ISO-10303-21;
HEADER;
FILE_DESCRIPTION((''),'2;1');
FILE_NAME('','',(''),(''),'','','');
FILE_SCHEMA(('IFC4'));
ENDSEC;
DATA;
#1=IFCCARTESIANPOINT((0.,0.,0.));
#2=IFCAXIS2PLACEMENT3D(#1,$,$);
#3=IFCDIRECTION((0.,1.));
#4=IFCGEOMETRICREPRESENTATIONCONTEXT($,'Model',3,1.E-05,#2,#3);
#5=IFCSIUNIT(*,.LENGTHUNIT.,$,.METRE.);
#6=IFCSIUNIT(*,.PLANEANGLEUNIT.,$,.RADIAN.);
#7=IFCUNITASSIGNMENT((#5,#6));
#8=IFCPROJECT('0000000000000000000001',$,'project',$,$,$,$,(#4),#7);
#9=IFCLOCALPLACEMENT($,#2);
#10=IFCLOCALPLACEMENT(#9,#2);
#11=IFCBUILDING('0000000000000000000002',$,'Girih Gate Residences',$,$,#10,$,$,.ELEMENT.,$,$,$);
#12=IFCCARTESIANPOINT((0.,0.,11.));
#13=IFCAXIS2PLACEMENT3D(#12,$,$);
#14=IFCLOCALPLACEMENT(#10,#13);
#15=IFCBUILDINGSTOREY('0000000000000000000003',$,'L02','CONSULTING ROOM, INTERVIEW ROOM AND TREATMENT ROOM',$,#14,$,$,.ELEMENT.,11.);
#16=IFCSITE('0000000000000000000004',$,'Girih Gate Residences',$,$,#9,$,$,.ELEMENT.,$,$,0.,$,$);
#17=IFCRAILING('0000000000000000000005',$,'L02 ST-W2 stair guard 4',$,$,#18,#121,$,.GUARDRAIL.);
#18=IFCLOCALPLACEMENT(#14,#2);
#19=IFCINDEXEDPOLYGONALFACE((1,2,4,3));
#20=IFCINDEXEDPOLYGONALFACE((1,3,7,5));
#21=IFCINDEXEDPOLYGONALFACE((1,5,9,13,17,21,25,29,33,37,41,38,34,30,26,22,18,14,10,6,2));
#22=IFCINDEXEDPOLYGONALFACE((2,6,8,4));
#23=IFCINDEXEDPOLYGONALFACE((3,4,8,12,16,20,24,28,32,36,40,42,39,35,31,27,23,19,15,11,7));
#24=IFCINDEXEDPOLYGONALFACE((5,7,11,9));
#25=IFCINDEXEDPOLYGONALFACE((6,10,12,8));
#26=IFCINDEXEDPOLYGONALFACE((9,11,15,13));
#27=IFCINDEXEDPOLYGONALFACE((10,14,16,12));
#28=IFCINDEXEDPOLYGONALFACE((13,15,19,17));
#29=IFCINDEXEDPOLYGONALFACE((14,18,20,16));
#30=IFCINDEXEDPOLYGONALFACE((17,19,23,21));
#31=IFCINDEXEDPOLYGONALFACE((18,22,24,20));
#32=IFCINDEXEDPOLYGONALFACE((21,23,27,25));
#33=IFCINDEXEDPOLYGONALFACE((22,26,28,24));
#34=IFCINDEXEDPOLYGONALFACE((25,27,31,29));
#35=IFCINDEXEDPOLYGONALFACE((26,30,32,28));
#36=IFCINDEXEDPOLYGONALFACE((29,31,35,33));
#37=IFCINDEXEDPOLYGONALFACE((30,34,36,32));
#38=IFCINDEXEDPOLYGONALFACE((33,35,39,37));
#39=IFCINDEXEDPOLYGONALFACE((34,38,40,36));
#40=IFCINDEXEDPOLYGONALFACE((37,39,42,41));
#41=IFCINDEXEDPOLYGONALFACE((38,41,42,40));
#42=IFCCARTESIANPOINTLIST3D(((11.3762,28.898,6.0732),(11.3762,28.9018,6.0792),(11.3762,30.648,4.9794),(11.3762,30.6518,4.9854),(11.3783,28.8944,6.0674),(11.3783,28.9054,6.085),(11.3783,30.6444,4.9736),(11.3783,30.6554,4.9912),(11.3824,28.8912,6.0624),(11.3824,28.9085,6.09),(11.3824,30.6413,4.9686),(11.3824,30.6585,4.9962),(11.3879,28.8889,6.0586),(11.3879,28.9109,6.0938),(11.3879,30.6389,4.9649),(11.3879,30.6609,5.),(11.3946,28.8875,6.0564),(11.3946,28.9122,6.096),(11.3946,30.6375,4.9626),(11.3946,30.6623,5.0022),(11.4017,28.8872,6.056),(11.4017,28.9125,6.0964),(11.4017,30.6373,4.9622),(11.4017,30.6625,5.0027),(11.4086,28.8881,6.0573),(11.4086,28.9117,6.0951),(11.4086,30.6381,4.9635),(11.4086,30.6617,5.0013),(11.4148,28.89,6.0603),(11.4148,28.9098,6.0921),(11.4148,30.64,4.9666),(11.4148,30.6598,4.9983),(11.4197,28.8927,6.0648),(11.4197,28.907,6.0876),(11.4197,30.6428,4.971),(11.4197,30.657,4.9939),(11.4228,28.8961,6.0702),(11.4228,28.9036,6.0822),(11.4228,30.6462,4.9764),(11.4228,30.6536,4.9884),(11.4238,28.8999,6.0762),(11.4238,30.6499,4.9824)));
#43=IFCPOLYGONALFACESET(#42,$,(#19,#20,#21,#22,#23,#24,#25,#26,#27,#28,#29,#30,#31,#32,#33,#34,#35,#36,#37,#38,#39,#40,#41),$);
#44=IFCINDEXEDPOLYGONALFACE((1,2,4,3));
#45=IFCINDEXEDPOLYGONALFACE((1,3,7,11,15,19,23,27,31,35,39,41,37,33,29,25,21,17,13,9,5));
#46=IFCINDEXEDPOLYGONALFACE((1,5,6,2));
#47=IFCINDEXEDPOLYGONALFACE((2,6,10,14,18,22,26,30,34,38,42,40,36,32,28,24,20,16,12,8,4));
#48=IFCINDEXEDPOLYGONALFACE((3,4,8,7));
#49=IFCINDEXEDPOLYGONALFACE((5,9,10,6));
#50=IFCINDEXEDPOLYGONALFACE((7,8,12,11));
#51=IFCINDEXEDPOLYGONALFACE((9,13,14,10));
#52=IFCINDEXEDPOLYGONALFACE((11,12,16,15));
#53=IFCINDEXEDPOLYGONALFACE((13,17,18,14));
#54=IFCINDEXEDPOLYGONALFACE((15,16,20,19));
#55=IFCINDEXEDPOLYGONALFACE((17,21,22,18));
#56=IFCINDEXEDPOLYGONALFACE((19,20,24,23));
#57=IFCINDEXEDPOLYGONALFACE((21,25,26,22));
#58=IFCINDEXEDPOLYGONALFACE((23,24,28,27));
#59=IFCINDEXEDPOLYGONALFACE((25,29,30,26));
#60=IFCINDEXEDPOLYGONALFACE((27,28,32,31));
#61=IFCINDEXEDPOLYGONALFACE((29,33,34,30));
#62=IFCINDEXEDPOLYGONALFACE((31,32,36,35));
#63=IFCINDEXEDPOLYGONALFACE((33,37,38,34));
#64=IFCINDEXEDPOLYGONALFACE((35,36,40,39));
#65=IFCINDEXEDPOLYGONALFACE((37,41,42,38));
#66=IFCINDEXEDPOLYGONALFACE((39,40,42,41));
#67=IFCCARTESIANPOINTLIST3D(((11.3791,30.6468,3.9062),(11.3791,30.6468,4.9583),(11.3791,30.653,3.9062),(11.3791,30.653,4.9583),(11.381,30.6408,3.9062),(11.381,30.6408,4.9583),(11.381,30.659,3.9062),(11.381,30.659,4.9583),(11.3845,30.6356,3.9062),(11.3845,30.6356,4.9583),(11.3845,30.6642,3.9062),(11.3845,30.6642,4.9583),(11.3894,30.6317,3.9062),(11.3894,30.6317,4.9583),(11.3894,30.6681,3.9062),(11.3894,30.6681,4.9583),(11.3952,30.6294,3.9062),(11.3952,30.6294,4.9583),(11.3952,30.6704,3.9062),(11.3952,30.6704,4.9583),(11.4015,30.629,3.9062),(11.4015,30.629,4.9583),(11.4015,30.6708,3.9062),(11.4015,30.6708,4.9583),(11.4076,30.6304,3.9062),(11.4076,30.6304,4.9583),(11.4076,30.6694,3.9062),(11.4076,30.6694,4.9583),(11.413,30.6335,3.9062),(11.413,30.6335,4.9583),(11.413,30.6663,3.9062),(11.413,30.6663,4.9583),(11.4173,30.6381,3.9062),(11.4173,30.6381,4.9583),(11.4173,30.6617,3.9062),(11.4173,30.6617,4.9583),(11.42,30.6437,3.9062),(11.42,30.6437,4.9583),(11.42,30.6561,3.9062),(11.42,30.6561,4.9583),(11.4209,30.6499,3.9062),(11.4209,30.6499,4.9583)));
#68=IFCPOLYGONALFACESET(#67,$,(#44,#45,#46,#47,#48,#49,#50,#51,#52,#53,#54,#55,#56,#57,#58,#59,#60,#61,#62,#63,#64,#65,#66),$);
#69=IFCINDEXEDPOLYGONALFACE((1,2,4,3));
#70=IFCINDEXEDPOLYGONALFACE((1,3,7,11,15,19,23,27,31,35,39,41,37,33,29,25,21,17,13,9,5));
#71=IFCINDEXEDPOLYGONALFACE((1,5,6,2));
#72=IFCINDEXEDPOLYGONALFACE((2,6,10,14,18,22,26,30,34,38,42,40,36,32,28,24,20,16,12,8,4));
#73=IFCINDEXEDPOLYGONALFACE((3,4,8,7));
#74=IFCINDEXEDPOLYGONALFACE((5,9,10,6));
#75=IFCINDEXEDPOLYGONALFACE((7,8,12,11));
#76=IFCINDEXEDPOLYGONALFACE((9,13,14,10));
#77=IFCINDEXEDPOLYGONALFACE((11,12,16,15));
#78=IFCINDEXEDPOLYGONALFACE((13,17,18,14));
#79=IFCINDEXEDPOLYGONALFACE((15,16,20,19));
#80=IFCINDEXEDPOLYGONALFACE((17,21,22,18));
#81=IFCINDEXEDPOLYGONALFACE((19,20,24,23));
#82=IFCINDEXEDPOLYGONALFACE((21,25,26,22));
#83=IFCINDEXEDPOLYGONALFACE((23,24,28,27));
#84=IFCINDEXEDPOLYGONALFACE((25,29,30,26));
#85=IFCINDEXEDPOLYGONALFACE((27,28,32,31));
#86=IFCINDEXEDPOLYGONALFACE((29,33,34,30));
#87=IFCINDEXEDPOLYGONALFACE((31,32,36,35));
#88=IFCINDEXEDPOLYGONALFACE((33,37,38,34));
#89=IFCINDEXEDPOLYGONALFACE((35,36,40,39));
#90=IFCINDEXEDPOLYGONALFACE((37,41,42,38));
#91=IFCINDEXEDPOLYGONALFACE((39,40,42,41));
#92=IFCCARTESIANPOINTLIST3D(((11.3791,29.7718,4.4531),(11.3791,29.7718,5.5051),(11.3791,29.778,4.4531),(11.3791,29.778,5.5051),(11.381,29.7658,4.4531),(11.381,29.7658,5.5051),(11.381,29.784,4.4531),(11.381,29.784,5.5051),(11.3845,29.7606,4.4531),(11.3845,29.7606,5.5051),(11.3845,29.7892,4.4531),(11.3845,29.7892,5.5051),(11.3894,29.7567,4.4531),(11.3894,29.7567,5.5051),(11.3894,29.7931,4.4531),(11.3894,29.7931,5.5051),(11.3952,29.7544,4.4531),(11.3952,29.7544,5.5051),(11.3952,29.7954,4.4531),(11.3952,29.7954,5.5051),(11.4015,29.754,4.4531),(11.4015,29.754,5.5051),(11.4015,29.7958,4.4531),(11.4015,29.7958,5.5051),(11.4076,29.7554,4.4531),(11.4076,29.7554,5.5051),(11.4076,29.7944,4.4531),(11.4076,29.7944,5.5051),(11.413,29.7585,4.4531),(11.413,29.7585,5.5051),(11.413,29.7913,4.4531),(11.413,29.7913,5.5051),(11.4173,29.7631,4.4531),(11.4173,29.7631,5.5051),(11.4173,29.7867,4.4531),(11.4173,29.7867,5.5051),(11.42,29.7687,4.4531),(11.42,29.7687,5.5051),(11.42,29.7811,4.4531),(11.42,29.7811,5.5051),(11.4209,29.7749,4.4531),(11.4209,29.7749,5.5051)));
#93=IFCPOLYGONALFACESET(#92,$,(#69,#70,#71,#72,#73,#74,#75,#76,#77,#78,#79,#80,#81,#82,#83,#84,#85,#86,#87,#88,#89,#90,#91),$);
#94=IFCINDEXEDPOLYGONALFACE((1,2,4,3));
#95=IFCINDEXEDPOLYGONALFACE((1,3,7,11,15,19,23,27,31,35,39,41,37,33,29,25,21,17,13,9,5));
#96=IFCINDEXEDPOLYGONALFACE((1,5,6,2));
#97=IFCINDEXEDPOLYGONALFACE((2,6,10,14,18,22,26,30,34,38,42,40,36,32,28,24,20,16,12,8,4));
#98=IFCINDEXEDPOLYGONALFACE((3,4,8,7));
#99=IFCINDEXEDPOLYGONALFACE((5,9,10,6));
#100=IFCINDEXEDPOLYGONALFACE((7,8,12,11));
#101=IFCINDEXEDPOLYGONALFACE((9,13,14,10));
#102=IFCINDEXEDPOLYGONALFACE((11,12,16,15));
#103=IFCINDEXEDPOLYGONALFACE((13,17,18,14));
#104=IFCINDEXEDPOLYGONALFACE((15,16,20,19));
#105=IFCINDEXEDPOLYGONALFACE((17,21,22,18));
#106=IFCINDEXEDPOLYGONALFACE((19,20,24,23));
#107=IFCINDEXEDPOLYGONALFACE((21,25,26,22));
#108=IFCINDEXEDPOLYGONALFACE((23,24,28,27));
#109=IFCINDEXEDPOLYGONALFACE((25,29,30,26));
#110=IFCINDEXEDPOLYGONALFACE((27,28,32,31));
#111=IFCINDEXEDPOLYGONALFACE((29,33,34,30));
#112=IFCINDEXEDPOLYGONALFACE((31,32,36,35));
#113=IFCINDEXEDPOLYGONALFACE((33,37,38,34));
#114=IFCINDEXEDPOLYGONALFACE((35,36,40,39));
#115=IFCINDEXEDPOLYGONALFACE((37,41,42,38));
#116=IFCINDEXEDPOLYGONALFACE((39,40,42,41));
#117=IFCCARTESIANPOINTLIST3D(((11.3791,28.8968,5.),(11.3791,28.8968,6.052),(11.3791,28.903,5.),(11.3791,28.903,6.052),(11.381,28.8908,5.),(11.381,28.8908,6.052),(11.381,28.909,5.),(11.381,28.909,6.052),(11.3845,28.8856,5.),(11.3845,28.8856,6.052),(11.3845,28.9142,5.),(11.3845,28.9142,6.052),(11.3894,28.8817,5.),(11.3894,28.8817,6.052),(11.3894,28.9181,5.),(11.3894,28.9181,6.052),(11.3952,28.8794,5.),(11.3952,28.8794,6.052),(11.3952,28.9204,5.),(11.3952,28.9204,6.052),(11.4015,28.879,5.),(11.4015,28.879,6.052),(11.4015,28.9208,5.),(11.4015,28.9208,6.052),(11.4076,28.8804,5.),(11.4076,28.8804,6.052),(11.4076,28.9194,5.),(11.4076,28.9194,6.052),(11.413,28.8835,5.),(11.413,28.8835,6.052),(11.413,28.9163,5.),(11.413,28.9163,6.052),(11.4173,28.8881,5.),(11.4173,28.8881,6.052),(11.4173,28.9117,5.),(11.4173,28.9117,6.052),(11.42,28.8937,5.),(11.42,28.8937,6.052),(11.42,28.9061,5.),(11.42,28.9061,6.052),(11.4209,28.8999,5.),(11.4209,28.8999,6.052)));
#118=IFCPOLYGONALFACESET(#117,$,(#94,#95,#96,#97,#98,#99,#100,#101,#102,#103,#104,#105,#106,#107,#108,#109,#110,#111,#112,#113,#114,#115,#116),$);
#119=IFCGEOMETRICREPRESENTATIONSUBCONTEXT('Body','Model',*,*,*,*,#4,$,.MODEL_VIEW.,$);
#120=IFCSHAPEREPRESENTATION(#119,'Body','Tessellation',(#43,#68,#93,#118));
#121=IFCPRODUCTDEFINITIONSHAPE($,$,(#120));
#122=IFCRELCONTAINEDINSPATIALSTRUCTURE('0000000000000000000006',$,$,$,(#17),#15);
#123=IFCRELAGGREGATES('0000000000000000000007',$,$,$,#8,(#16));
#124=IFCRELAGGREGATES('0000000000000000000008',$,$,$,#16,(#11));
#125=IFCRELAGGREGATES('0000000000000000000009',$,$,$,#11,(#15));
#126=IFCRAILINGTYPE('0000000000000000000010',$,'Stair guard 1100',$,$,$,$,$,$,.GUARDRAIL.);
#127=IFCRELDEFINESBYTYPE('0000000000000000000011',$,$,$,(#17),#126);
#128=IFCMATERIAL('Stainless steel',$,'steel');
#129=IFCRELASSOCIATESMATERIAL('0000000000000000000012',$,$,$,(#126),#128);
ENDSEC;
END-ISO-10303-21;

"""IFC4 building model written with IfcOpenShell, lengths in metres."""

from ifc_helpers import new_model, si_unit, direction, frame, origin, origin_2d, place, context, subcontext, project, spatial, circle, extrude, material, type_object, element, save


model = new_model("IFC4")

# Units and contexts
model_context = context("Model", 3, precision=1e-05, world=origin(), true_north=direction((0.0, 1.0)))
body_context = subcontext(model_context, "Body", "Model", "MODEL_VIEW")
ifc_project = project(units=[si_unit("LENGTHUNIT", "METRE"), si_unit("PLANEANGLEUNIT", "RADIAN")], contexts=[model_context])

# Site, building, storey
site_placement = place(None, origin())
site = spatial("IfcSite", under=ifc_project, at=site_placement, Name="Girih Gate Residences", CompositionType="ELEMENT", RefElevation=0.0)
building_placement = place(site_placement, origin())
building = spatial("IfcBuilding", under=site, at=building_placement, Name="Girih Gate Residences", CompositionType="ELEMENT")
storey_placement = place(building_placement, frame((0.0, 0.0, 11.0)))
storey = spatial("IfcBuildingStorey", under=building, at=storey_placement, Name="L02", Description="CONSULTING ROOM, INTERVIEW ROOM AND TREATMENT ROOM", CompositionType="ELEMENT", Elevation=11.0)

# Railing
ifc_material_1 = material(Name="Stainless steel", Category="steel")
railing_type_1 = type_object("IfcRailingType", Name="Stair guard 1100", PredefinedType="GUARDRAIL", material=ifc_material_1)
railing_1_placement = place(storey_placement, frame((11.3999, 30.6499, 3.9062)))
element("IfcRailing", 1, at=railing_1_placement, inside=storey, type_object=railing_type_1, Name="L02 ST-W2 stair guard 4", PredefinedType="GUARDRAIL", context=body_context, shape_type="SweptSolid", body=[
    extrude(circle(Radius=0.0239, at=origin_2d()), frame((0.0, 0.0, 1.0762), z_axis=(0.0, -0.847998, 0.529999), x_axis=(1.0, 0.0, 0.0)), (0.0, 0.0, 1.0), 2.0637),
    extrude(circle(Radius=0.021, at=origin_2d()), origin(), (0.0, 0.0, 1.0), 1.052),
    extrude(circle(Radius=0.021, at=origin_2d()), frame((0.0, -0.875, 0.5469)), (0.0, 0.0, 1.0), 1.052),
    extrude(circle(Radius=0.021, at=origin_2d()), frame((0.0, -1.75, 1.0938)), (0.0, 0.0, 1.0), 1.052),
])

save(model, "model.ifc")
